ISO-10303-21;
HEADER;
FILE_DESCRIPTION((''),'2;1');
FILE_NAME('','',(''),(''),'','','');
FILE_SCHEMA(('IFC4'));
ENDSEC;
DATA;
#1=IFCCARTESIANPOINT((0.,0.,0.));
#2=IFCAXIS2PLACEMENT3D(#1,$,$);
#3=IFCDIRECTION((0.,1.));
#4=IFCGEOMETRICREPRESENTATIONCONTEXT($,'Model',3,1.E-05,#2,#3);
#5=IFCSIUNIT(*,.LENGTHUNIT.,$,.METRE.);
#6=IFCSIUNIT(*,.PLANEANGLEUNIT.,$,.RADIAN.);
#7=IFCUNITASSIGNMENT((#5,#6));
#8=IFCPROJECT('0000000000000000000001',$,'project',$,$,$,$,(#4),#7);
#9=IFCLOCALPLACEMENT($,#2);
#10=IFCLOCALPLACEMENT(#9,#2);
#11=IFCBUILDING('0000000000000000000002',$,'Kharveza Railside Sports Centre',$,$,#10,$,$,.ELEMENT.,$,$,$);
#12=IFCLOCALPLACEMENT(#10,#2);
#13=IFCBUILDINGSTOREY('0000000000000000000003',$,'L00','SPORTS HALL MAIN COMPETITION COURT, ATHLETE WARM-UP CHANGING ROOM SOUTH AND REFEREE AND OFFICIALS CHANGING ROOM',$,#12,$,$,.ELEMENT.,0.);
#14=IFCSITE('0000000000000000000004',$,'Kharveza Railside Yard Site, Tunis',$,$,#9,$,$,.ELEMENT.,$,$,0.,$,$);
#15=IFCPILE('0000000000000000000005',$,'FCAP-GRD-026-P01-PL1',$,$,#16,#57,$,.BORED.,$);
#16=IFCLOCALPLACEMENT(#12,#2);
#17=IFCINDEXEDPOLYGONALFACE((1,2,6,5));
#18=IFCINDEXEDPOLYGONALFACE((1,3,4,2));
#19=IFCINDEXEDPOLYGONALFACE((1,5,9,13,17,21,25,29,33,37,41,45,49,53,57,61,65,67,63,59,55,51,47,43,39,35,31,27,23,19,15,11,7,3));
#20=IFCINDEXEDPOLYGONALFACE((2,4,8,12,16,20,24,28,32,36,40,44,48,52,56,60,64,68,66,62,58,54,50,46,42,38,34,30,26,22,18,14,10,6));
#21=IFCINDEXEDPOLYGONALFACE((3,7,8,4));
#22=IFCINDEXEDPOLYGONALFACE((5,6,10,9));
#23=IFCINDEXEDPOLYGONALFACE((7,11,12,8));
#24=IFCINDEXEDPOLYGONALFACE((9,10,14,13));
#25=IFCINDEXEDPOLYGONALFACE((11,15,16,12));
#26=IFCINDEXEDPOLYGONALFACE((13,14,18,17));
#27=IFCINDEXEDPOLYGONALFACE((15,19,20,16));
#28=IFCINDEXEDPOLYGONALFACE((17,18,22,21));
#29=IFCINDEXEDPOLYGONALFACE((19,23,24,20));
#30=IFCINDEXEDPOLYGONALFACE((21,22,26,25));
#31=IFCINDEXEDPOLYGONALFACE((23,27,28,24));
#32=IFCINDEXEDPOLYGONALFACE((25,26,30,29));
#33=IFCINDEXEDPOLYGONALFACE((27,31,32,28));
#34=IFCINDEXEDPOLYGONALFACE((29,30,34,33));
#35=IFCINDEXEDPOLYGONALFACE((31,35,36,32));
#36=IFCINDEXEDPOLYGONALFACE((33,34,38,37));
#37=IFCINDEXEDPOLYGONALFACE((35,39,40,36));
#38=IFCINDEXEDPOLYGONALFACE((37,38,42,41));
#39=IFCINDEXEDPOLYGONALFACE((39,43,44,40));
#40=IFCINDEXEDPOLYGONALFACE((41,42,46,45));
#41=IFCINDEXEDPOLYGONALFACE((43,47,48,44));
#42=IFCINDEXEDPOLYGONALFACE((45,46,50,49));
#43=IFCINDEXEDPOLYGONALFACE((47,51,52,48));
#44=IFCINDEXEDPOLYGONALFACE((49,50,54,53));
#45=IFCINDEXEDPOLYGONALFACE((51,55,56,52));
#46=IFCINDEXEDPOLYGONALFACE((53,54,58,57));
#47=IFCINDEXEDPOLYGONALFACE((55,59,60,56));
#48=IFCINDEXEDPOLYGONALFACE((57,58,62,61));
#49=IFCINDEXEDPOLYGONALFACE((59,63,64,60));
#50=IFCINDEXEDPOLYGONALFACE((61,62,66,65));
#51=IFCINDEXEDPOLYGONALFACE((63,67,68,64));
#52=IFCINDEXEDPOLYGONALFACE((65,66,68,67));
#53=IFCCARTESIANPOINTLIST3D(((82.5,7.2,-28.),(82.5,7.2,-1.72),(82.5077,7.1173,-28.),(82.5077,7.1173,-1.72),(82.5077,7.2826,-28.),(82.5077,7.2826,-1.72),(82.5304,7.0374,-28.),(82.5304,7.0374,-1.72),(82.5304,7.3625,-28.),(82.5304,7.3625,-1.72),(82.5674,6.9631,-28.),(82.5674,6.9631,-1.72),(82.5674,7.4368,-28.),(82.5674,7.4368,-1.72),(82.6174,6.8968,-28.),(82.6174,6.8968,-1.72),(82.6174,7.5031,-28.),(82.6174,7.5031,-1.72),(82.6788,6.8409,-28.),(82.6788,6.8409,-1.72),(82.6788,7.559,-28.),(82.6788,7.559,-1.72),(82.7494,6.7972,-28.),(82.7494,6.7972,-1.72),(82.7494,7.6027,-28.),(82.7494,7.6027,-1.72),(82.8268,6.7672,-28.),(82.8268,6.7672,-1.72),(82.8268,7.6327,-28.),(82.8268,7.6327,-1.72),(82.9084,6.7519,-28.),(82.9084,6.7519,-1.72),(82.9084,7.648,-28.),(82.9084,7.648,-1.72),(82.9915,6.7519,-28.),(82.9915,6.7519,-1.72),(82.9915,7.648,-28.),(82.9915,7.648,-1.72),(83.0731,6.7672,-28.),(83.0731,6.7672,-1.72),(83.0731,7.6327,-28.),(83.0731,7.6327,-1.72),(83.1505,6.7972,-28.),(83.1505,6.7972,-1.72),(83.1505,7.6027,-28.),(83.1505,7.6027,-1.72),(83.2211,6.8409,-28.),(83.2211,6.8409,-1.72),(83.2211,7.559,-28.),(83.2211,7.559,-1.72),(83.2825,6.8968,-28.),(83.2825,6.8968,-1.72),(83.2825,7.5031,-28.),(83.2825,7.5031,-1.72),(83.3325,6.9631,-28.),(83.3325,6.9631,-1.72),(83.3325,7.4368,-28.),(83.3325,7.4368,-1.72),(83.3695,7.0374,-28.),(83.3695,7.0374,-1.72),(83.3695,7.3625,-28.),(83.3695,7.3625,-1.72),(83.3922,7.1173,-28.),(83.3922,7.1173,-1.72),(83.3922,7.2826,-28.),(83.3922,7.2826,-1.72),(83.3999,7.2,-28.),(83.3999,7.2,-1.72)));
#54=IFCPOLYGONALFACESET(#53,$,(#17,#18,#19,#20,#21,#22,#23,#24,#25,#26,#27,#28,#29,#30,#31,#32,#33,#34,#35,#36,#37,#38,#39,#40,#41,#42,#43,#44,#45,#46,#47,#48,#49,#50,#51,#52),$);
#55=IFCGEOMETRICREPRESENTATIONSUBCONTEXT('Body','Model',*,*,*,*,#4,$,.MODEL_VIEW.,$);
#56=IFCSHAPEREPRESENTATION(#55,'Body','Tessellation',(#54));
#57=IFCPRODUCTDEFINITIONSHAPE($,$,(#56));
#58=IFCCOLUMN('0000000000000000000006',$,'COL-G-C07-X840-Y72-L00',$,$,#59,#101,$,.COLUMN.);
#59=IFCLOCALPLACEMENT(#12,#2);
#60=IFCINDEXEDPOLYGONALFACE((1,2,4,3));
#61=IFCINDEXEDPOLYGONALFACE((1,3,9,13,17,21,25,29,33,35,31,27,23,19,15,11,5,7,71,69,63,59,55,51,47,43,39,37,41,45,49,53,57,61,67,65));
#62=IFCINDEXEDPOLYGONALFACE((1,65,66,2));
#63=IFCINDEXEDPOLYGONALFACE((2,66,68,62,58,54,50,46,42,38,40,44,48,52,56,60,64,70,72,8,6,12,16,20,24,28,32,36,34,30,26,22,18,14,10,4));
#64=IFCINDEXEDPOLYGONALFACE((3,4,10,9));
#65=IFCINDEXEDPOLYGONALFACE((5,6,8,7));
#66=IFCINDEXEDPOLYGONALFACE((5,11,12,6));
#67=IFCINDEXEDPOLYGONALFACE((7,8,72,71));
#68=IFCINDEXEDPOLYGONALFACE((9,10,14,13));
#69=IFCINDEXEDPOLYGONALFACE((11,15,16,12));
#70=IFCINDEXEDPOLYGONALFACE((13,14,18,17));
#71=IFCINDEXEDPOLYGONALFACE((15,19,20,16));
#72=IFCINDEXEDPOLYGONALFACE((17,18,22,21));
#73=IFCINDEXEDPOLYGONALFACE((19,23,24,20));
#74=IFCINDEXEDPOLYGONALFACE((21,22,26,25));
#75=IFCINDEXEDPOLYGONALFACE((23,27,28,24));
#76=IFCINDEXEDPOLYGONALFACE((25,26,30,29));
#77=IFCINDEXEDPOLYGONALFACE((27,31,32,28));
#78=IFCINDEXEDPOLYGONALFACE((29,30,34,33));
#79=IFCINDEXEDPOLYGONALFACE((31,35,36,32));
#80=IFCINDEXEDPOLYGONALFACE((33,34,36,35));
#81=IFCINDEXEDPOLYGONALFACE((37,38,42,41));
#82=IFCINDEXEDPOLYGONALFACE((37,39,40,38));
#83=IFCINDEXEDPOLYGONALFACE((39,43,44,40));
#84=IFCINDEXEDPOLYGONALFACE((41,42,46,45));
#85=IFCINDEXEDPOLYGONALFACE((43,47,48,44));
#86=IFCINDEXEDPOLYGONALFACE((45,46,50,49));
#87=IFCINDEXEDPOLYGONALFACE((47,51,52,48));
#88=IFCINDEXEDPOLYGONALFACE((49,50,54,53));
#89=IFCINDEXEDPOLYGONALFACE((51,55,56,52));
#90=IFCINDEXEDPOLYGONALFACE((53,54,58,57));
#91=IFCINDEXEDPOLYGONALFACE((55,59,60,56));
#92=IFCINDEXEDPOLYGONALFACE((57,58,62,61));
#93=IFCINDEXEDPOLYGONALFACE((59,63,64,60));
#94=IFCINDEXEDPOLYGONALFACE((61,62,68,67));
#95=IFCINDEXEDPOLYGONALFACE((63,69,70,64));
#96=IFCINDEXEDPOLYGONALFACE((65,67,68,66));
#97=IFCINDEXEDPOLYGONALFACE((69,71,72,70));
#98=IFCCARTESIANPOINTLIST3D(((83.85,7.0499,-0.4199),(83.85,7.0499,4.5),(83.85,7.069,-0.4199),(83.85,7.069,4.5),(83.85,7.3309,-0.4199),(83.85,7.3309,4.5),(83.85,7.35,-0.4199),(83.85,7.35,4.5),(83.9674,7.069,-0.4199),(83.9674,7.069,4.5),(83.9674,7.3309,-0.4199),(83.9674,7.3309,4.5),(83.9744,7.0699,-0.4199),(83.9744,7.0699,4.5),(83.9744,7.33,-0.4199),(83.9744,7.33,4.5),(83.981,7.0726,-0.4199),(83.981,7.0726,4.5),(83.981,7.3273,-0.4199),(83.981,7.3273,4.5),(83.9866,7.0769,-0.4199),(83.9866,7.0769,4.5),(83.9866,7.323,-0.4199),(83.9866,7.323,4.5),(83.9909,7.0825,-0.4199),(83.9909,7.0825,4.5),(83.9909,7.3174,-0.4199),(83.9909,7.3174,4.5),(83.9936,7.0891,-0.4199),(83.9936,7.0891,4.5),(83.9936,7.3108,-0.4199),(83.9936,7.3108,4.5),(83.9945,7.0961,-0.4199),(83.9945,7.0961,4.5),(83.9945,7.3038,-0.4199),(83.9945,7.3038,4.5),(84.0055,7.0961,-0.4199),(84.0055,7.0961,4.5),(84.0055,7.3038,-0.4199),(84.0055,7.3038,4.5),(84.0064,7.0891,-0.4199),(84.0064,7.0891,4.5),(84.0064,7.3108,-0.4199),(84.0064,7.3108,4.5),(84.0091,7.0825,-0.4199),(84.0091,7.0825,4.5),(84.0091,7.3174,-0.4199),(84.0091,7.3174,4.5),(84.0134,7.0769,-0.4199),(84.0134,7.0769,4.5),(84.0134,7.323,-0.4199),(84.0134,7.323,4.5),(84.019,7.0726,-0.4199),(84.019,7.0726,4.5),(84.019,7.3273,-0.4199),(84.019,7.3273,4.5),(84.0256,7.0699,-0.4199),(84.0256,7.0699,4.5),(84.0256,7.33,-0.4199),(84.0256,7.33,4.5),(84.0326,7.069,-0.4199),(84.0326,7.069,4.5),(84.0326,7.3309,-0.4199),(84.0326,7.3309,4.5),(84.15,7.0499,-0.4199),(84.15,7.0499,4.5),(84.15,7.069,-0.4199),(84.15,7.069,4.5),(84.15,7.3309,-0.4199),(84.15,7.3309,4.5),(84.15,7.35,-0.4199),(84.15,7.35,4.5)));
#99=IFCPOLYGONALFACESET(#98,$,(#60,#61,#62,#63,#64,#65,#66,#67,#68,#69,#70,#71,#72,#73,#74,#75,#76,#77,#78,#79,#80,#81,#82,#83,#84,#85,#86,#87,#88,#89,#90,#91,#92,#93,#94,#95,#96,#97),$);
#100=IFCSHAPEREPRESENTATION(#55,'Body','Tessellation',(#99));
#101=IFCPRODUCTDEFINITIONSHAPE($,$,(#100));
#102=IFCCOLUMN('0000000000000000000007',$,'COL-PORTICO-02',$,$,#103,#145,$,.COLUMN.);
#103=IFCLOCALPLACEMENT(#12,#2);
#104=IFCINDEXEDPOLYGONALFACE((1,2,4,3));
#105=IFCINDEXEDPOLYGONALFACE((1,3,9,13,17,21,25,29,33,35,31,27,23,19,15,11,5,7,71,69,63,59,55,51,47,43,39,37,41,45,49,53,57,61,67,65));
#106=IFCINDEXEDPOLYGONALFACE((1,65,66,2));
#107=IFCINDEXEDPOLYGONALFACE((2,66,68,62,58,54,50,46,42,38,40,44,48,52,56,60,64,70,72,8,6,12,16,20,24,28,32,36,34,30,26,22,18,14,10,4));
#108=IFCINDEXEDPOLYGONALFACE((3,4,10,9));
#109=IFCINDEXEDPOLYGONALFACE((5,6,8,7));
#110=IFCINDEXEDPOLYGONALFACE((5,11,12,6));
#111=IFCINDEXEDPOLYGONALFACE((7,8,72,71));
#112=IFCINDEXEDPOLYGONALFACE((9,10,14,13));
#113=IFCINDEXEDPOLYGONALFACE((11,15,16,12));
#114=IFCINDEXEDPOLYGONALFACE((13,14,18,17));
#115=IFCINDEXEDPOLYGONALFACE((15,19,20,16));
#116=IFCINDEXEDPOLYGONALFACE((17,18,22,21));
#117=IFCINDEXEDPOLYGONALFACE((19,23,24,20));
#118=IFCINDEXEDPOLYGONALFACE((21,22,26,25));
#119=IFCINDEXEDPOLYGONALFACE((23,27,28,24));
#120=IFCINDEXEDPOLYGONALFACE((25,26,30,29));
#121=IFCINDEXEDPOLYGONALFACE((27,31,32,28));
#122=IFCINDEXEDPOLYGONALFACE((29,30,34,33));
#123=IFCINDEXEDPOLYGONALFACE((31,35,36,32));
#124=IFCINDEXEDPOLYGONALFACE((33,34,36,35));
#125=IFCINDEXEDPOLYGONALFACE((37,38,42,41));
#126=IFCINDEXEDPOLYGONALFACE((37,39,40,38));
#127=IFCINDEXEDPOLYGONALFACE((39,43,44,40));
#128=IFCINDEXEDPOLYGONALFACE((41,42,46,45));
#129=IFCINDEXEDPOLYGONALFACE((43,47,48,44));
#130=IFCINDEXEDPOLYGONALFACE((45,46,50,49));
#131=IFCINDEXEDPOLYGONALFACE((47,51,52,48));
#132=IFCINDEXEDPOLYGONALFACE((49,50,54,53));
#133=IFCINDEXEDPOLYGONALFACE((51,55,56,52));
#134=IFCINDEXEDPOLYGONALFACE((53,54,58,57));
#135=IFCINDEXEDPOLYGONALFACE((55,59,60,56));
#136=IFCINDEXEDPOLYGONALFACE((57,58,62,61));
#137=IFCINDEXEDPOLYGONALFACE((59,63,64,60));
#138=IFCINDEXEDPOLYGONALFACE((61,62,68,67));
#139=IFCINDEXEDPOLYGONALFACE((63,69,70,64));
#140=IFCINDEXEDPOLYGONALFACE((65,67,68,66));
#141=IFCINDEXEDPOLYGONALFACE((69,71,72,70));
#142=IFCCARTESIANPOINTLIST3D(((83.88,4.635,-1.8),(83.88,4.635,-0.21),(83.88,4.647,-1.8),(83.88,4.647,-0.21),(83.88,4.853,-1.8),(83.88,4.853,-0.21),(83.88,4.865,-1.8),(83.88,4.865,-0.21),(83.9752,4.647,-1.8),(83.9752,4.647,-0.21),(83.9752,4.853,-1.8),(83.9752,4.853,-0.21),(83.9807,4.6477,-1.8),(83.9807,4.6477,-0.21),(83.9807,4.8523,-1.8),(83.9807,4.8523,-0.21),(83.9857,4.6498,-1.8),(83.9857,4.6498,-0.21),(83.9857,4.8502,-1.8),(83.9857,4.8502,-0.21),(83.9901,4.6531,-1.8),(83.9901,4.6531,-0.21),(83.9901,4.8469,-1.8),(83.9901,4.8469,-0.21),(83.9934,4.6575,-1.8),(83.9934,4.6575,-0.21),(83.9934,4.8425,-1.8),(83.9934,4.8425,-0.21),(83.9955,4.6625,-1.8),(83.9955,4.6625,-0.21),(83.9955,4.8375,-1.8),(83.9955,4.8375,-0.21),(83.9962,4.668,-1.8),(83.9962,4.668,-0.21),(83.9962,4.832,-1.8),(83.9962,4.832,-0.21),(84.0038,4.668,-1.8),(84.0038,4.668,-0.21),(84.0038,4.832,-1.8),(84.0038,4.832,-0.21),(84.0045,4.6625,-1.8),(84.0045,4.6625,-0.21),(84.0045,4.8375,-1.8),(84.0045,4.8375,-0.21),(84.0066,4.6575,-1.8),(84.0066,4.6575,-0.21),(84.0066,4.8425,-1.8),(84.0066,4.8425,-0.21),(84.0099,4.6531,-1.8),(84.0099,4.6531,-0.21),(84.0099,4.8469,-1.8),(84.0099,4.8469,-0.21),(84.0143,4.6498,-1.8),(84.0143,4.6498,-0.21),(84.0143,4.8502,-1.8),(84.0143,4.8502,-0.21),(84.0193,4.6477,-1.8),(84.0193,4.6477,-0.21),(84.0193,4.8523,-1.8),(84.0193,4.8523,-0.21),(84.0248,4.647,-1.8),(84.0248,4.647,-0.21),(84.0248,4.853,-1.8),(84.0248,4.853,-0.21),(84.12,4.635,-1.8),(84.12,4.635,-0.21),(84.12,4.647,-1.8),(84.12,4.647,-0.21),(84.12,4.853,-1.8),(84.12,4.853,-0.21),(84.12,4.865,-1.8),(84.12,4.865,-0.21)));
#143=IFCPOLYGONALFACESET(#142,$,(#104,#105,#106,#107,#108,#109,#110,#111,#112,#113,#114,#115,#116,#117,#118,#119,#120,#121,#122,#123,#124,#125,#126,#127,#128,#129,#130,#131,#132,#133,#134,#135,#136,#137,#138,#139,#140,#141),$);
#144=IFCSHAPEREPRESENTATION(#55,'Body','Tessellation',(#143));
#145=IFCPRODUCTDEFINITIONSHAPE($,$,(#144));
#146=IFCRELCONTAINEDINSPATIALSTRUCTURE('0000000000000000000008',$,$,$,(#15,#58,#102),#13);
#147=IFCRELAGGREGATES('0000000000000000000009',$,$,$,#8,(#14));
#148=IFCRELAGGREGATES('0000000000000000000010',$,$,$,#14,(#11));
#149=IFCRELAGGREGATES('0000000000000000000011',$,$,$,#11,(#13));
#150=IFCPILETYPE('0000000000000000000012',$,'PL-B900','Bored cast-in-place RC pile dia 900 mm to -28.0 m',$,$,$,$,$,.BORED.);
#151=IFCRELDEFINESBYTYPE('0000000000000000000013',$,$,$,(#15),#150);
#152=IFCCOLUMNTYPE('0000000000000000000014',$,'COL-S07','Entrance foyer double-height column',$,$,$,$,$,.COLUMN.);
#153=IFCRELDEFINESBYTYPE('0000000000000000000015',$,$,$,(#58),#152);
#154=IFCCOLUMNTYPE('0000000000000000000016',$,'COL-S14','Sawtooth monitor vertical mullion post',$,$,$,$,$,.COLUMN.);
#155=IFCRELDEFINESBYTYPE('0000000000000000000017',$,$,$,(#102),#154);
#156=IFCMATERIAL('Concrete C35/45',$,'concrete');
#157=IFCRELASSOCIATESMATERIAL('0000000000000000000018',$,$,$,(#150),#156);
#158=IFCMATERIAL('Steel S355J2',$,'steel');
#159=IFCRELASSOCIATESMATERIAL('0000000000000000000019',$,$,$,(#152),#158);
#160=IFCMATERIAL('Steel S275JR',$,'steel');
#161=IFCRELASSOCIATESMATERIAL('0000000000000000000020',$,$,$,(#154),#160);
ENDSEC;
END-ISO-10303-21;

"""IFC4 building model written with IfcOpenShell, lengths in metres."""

from ifc_helpers import new_model, si_unit, direction, frame, origin, origin_2d, place, context, subcontext, project, spatial, circle, i_section, extrude, material, material_profile, profile_set, type_object, element, save


model = new_model("IFC4")

# Units and contexts
model_context = context("Model", 3, precision=1e-05, world=origin(), true_north=direction((0.0, 1.0)))
body_context = subcontext(model_context, "Body", "Model", "MODEL_VIEW")
ifc_project = project(units=[si_unit("LENGTHUNIT", "METRE"), si_unit("PLANEANGLEUNIT", "RADIAN")], contexts=[model_context])

# Site, building, storey
site_placement = place(None, origin())
site = spatial("IfcSite", under=ifc_project, at=site_placement, Name="Kharveza Railside Yard Site, Tunis", CompositionType="ELEMENT", RefElevation=0.0)
building_placement = place(site_placement, origin())
building = spatial("IfcBuilding", under=site, at=building_placement, Name="Kharveza Railside Sports Centre", CompositionType="ELEMENT")
storey_placement = place(building_placement, origin())
storey = spatial("IfcBuildingStorey", under=building, at=storey_placement, Name="L00", Description="SPORTS HALL MAIN COMPETITION COURT, ATHLETE WARM-UP CHANGING ROOM SOUTH AND REFEREE AND OFFICIALS CHANGING ROOM", CompositionType="ELEMENT", Elevation=0.0)

# Shared definitions
ifc_material_1 = material(Name="Concrete C35/45", Category="concrete")

# Pile
ifc_material_profile_1 = material_profile(ifc_material_1, circle(Radius=0.45, at=origin_2d()), Name="PILE D900")
ifc_profile_set_1 = profile_set([ifc_material_profile_1], Name="Concrete C35/45")
pile_type_1 = type_object("IfcPileType", Name="PL-B900", Description="Bored cast-in-place RC pile dia 900 mm to -28.0 m", PredefinedType="BORED", material=ifc_profile_set_1)
pile_1_placement = place(storey_placement, frame((82.95, 7.2, -1.72), z_axis=(0.0, 0.0, -1.0), x_axis=(1.0, 0.0, 0.0)))
element("IfcPile", 1, at=pile_1_placement, inside=storey, type_object=pile_type_1, Name="FCAP-GRD-026-P01-PL1", PredefinedType="BORED", context=body_context, shape_type="SweptSolid", body=[
    extrude(circle(Radius=0.45, at=origin_2d()), origin(), (0.0, 0.0, 1.0), 26.28),
])

# Columns
ifc_material_2 = material(Name="Steel S355J2", Category="steel")
ifc_material_profile_2 = material_profile(ifc_material_2, i_section(OverallWidth=0.3, OverallDepth=0.3, WebThickness=0.011, FlangeThickness=0.019, FilletRadius=0.0271, at=origin_2d()), Name="HEB 300")
ifc_profile_set_2 = profile_set([ifc_material_profile_2], Name="Steel S355J2")
column_type_1 = type_object("IfcColumnType", Name="COL-S07", Description="Entrance foyer double-height column", PredefinedType="COLUMN", material=ifc_profile_set_2)
column_1_placement = place(storey_placement, frame((84.0, 7.2, -0.4199), z_axis=(0.0, 0.0, 1.0), x_axis=(1.0, 0.0, 0.0)))
element("IfcColumn", 2, at=column_1_placement, inside=storey, type_object=column_type_1, Name="COL-G-C07-X840-Y72-L00", PredefinedType="COLUMN", context=body_context, shape_type="SweptSolid", body=[
    extrude(i_section(OverallWidth=0.3, OverallDepth=0.3, WebThickness=0.011, FlangeThickness=0.019, FilletRadius=0.0271, at=origin_2d()), origin(), (0.0, 0.0, 1.0), 4.9199),
])
ifc_material_3 = material(Name="Steel S275JR", Category="steel")
ifc_material_profile_3 = material_profile(ifc_material_3, i_section(OverallWidth=0.24, OverallDepth=0.23, WebThickness=0.0076, FlangeThickness=0.012, FilletRadius=0.021, at=origin_2d()), Name="HEA 240")
ifc_profile_set_3 = profile_set([ifc_material_profile_3], Name="Steel S275JR")
column_type_2 = type_object("IfcColumnType", Name="COL-S14", Description="Sawtooth monitor vertical mullion post", PredefinedType="COLUMN", material=ifc_profile_set_3)
column_2_placement = place(storey_placement, frame((84.0, 4.75, -1.8), z_axis=(0.0, 0.0, 1.0), x_axis=(1.0, 0.0, 0.0)))
element("IfcColumn", 3, at=column_2_placement, inside=storey, type_object=column_type_2, Name="COL-PORTICO-02", PredefinedType="COLUMN", context=body_context, shape_type="SweptSolid", body=[
    extrude(i_section(OverallWidth=0.24, OverallDepth=0.23, WebThickness=0.0076, FlangeThickness=0.012, FilletRadius=0.021, at=origin_2d()), origin(), (0.0, 0.0, 1.0), 1.5901),
])

save(model, "model.ifc")
